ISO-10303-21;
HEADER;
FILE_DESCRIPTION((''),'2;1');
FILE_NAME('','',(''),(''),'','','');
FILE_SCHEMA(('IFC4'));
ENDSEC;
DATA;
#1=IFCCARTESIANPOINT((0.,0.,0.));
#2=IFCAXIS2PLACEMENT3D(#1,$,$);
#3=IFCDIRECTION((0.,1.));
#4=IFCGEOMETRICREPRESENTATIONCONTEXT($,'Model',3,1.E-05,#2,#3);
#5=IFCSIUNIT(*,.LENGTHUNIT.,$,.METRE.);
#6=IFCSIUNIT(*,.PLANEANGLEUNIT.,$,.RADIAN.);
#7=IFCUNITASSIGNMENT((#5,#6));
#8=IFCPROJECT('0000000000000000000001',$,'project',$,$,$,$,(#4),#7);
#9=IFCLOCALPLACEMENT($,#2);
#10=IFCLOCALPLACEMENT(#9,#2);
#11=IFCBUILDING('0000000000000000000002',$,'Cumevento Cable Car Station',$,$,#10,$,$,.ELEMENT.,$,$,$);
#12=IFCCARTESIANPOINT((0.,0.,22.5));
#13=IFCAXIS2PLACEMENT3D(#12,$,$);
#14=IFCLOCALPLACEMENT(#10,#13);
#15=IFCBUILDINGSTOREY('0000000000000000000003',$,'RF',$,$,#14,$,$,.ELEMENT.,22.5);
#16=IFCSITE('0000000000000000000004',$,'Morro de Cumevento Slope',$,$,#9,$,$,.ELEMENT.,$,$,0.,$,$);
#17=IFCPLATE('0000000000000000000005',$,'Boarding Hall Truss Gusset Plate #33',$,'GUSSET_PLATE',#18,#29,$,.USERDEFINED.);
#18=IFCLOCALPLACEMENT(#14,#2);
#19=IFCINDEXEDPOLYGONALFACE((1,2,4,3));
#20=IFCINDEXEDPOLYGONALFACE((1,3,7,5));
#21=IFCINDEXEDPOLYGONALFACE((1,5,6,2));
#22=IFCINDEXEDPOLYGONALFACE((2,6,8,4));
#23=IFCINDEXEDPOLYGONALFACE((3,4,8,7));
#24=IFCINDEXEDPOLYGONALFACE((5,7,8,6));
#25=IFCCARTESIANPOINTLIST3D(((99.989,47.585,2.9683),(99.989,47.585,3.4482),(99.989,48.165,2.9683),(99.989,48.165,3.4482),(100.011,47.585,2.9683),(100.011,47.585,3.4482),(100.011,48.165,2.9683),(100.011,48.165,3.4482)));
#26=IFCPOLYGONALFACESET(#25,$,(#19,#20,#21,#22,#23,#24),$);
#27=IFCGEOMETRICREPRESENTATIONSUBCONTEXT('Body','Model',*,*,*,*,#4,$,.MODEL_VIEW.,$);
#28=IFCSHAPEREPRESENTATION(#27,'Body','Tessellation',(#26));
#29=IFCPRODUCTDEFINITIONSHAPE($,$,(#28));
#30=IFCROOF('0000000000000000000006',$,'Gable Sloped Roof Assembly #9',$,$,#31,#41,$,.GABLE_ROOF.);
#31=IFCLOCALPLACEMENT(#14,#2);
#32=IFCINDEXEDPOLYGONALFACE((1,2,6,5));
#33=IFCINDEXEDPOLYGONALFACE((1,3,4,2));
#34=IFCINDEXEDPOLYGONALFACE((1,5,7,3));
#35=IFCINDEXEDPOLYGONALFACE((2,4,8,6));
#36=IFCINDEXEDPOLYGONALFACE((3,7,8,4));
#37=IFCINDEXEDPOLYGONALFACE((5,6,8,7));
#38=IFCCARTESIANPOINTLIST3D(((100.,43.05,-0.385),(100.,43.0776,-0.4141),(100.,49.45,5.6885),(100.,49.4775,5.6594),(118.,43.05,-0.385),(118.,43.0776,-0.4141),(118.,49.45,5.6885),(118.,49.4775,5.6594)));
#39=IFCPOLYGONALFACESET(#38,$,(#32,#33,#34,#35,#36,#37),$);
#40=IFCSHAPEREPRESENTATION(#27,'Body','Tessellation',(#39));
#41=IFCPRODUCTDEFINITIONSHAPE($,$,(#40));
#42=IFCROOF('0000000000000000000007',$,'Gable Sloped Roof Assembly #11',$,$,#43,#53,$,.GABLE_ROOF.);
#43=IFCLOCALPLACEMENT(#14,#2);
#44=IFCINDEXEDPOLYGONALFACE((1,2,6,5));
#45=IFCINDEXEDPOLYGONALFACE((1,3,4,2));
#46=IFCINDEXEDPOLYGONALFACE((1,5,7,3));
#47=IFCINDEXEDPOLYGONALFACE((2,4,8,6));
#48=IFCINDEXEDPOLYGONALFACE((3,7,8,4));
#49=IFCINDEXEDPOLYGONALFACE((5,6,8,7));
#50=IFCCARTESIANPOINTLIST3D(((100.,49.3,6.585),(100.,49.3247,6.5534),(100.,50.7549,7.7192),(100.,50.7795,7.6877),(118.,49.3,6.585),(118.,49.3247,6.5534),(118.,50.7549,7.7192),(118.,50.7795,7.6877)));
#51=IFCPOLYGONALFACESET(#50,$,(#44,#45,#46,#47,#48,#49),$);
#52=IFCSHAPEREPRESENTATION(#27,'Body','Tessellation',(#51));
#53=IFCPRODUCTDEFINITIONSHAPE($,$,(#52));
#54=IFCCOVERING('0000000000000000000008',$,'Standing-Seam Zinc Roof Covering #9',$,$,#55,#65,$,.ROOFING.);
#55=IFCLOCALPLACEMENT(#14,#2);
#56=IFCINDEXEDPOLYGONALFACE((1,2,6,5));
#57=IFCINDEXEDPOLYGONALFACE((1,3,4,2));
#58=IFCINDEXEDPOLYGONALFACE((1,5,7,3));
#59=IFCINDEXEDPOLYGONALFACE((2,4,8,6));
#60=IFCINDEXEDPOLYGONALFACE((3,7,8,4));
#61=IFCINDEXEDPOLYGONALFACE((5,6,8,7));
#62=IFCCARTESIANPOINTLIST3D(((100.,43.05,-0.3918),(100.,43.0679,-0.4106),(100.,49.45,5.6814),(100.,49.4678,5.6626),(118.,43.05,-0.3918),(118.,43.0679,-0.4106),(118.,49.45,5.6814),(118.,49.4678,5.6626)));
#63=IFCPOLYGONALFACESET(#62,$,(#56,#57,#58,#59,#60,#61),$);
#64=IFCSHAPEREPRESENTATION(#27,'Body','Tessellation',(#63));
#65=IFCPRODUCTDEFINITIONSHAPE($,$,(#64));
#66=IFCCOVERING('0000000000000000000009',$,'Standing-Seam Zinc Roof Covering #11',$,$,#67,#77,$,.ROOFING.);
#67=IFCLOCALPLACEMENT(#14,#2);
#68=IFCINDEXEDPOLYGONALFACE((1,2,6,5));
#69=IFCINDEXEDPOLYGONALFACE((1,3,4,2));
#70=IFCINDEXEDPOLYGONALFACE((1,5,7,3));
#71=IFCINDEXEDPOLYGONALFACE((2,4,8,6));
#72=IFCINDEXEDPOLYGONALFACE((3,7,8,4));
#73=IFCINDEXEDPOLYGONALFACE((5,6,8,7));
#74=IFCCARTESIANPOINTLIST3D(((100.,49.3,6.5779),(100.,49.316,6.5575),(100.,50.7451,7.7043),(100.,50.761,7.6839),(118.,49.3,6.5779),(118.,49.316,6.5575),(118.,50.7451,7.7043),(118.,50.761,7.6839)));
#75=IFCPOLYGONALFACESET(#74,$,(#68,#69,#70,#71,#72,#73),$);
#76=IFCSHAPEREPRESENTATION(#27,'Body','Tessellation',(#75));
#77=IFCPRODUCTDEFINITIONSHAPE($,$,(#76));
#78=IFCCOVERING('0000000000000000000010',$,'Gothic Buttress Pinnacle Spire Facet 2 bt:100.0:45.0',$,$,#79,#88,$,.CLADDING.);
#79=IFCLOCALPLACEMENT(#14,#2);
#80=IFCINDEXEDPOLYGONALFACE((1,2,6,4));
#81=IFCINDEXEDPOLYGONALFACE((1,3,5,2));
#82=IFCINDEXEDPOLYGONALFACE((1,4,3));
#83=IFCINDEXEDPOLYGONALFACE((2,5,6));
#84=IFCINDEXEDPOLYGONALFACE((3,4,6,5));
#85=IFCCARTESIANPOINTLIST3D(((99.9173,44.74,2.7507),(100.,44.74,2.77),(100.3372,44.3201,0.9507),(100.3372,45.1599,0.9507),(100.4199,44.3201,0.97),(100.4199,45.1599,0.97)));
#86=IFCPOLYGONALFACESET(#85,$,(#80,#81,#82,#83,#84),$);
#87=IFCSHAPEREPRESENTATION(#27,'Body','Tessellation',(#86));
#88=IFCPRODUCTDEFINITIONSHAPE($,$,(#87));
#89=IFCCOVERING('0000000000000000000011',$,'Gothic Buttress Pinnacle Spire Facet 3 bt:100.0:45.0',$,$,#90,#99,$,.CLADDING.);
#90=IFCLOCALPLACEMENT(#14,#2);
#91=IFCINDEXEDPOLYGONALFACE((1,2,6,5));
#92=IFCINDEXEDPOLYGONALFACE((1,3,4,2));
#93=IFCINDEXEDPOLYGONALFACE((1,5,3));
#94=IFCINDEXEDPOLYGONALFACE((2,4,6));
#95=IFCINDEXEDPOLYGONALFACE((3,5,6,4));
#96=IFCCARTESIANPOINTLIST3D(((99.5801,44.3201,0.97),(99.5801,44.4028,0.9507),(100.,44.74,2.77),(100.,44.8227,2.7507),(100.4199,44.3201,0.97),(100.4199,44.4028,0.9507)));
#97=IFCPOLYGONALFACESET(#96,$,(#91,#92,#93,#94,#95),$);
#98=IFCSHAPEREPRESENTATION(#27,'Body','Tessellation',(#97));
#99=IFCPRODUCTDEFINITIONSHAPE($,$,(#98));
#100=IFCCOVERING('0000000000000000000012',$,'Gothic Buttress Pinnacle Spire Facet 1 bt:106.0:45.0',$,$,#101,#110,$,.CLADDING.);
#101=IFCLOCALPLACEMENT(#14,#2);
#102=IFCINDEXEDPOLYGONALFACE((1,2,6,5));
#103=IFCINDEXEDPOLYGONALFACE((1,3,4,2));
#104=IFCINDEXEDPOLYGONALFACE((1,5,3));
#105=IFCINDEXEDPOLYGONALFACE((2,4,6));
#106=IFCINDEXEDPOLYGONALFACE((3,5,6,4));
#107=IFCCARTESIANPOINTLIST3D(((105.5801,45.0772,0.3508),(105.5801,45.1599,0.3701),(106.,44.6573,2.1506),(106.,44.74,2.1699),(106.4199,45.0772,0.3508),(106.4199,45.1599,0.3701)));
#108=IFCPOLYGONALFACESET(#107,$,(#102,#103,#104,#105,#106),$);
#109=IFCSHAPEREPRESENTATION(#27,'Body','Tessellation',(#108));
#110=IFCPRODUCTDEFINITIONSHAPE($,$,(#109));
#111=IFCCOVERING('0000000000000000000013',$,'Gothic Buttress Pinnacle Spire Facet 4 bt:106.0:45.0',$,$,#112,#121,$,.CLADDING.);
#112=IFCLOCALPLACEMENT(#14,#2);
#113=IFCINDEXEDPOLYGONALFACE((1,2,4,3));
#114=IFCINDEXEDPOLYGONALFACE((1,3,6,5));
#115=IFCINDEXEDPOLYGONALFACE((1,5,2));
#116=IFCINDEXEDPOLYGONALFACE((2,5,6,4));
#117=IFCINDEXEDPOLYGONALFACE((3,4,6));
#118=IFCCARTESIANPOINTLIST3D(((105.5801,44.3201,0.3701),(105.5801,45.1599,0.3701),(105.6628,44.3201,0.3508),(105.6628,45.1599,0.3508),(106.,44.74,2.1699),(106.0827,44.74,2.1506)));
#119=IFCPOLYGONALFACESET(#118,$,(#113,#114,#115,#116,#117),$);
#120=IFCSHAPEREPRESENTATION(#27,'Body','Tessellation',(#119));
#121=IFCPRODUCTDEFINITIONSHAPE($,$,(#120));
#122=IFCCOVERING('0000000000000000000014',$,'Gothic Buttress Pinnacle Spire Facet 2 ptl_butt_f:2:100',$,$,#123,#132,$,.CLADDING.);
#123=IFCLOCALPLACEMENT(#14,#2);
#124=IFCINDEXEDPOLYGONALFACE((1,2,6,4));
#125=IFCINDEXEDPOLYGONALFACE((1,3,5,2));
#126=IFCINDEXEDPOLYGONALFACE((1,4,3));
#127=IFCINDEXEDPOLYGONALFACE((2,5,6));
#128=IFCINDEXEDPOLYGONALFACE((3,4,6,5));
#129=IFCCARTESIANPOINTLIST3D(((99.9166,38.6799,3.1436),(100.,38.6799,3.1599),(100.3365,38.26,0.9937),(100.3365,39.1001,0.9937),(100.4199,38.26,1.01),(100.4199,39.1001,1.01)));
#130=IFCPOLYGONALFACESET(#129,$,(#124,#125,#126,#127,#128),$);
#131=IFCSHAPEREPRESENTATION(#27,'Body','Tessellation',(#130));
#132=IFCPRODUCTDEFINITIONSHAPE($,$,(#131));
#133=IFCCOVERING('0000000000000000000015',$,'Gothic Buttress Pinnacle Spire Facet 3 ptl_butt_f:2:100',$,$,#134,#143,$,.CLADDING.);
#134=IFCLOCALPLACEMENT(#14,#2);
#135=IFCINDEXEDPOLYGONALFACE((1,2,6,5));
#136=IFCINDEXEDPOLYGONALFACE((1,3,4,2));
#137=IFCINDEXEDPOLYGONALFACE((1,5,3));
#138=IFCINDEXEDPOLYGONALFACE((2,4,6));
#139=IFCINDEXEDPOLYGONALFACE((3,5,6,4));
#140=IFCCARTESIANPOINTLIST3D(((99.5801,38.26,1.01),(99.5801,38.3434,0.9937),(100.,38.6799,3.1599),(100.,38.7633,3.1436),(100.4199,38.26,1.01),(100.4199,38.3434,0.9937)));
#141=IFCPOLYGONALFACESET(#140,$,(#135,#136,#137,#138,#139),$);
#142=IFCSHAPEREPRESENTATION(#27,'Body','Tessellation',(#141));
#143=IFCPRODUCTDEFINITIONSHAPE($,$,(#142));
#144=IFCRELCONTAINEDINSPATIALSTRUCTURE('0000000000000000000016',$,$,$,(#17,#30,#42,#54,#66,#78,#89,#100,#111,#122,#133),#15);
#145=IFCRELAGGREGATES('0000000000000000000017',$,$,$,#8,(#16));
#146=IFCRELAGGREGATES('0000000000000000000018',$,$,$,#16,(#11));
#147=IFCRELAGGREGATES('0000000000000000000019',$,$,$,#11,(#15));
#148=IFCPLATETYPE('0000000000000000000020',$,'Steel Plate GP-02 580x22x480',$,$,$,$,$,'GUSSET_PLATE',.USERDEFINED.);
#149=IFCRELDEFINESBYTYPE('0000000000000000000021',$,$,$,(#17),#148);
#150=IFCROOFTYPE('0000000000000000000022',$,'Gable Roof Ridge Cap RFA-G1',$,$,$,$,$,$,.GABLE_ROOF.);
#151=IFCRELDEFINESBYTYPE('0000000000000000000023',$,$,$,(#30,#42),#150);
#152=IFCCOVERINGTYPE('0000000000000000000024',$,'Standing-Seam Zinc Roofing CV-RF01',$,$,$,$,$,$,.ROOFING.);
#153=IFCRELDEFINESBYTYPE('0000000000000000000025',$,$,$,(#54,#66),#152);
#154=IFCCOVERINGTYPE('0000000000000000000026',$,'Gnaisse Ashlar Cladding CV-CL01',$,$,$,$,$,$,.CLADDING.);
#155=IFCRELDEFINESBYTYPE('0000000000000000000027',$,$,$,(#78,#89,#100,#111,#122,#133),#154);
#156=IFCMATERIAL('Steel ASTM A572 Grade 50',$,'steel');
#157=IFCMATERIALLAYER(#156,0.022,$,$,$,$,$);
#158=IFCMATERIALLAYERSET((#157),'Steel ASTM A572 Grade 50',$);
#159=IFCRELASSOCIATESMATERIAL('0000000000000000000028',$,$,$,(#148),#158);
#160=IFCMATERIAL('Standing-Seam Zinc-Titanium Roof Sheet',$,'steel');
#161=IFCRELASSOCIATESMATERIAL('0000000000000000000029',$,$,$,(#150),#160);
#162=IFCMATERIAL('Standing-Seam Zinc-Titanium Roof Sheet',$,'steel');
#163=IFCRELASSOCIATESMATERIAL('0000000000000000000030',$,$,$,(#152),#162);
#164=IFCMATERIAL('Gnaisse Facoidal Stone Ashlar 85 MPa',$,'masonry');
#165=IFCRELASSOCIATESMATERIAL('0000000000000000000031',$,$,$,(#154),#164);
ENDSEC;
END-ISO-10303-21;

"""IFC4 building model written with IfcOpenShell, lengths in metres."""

from ifc_helpers import new_model, si_unit, direction, frame, origin, origin_2d, place, context, subcontext, project, spatial, polyline, rectangle, outline, extrude, material, layer, layer_set, type_object, element, save


model = new_model("IFC4")

# Units and contexts
model_context = context("Model", 3, precision=1e-05, world=origin(), true_north=direction((0.0, 1.0)))
body_context = subcontext(model_context, "Body", "Model", "MODEL_VIEW")
ifc_project = project(units=[si_unit("LENGTHUNIT", "METRE"), si_unit("PLANEANGLEUNIT", "RADIAN")], contexts=[model_context])

# Site, building, storey
site_placement = place(None, origin())
site = spatial("IfcSite", under=ifc_project, at=site_placement, Name="Morro de Cumevento Slope", CompositionType="ELEMENT", RefElevation=0.0)
building_placement = place(site_placement, origin())
building = spatial("IfcBuilding", under=site, at=building_placement, Name="Cumevento Cable Car Station", CompositionType="ELEMENT")
storey_placement = place(building_placement, frame((0.0, 0.0, 22.5)))
storey = spatial("IfcBuildingStorey", under=building, at=storey_placement, Name="RF", CompositionType="ELEMENT", Elevation=22.5)

# Plate
ifc_material_1 = material(Name="Steel ASTM A572 Grade 50", Category="steel")
ifc_layer_1 = layer(ifc_material_1, 0.022)
ifc_layer_set_1 = layer_set([ifc_layer_1], Name="Steel ASTM A572 Grade 50")
plate_type_1 = type_object("IfcPlateType", Name="Steel Plate GP-02 580x22x480", ElementType="GUSSET_PLATE", PredefinedType="USERDEFINED", material=ifc_layer_set_1)
plate_1_placement = place(storey_placement, frame((100.0, 47.875, 2.9683), z_axis=(0.0, 0.0, 1.0), x_axis=(0.0, 1.0, 0.0)))
element("IfcPlate", 1, at=plate_1_placement, inside=storey, type_object=plate_type_1, Name="Boarding Hall Truss Gusset Plate #33", ObjectType="GUSSET_PLATE", PredefinedType="USERDEFINED", context=body_context, shape_type="SweptSolid", body=[
    extrude(rectangle(XDim=0.5801, YDim=0.022, at=origin_2d()), origin(), (0.0, 0.0, 1.0), 0.48),
])

# Roofs
ifc_material_2 = material(Name="Standing-Seam Zinc-Titanium Roof Sheet", Category="steel")
roof_type = type_object("IfcRoofType", Name="Gable Roof Ridge Cap RFA-G1", PredefinedType="GABLE_ROOF", material=ifc_material_2)
roof_1_placement = place(storey_placement, frame((100.0, 43.05, -0.385), z_axis=(0.0, -0.688367, 0.725363), x_axis=(1.0, 0.0, 0.0)))
element("IfcRoof", 2, at=roof_1_placement, inside=storey, type_object=roof_type, Name="Gable Sloped Roof Assembly #9", PredefinedType="GABLE_ROOF", context=body_context, shape_type="SweptSolid", body=[
    extrude(outline(polyline([(0.0, 0.0), (18.0, 0.0), (18.0, 8.823), (0.0, 8.823), (0.0, 0.0)])), origin(), (0.0, 0.0, -1.0), 0.04),
])
roof_2_placement = place(storey_placement, frame((100.0, 49.3, 6.585), z_axis=(0.0, -0.614866, 0.788632), x_axis=(1.0, 0.0, 0.0)))
element("IfcRoof", 3, at=roof_2_placement, inside=storey, type_object=roof_type, Name="Gable Sloped Roof Assembly #11", PredefinedType="GABLE_ROOF", context=body_context, shape_type="SweptSolid", body=[
    extrude(outline(polyline([(0.0, 0.0), (18.0, 0.0), (18.0, 1.8448), (0.0, 1.8448), (0.0, 0.0)])), origin(), (0.0, 0.0, -1.0), 0.04),
])

# Coverings
ifc_material_3 = material(Name="Standing-Seam Zinc-Titanium Roof Sheet", Category="steel")
covering_type_1 = type_object("IfcCoveringType", Name="Standing-Seam Zinc Roofing CV-RF01", PredefinedType="ROOFING", material=ifc_material_3)
covering_1_placement = place(storey_placement, frame((100.0, 43.05, -0.3918), z_axis=(0.0, -0.688352, 0.725377), x_axis=(1.0, 0.0, 0.0)))
element("IfcCovering", 4, at=covering_1_placement, inside=storey, type_object=covering_type_1, Name="Standing-Seam Zinc Roof Covering #9", PredefinedType="ROOFING", context=body_context, shape_type="SweptSolid", body=[
    extrude(outline(polyline([(0.0, 0.0), (18.0, 0.0), (18.0, 8.8229), (0.0, 8.8229), (0.0, 0.0)])), origin(), (0.0, 0.0, -1.0), 0.0259),
])
covering_2_placement = place(storey_placement, frame((100.0, 49.3, 6.5779), z_axis=(0.0, -0.614798, 0.788684), x_axis=(1.0, 0.0, 0.0)))
element("IfcCovering", 5, at=covering_2_placement, inside=storey, type_object=covering_type_1, Name="Standing-Seam Zinc Roof Covering #11", PredefinedType="ROOFING", context=body_context, shape_type="SweptSolid", body=[
    extrude(outline(polyline([(0.0, 0.0), (18.0, 0.0), (18.0, 1.8323), (0.0, 1.8323), (0.0, 0.0)])), origin(), (0.0, 0.0, -1.0), 0.0259),
])
ifc_material_4 = material(Name="Gnaisse Facoidal Stone Ashlar 85 MPa", Category="masonry")
covering_type_2 = type_object("IfcCoveringType", Name="Gnaisse Ashlar Cladding CV-CL01", PredefinedType="CLADDING", material=ifc_material_4)
for number, where, z_axis, x_axis, name in (
    (6, (100.4199, 45.1599, 0.97), (0.973852, 0.0, 0.227184), (0.0, -1.0, 0.0), "Gothic Buttress Pinnacle Spire Facet 2 bt:100.0:45.0"),
    (7, (100.4199, 44.3201, 0.97), (0.0, -0.973852, 0.227184), (-1.0, 0.0, 0.0), "Gothic Buttress Pinnacle Spire Facet 3 bt:100.0:45.0"),
):
    element("IfcCovering", number, at=place(storey_placement, frame(where, z_axis=z_axis, x_axis=x_axis)), inside=storey, type_object=covering_type_2, Name=name, PredefinedType="CLADDING", context=body_context, shape_type="SweptSolid", body=[
        extrude(outline(polyline([(0.0, 0.0), (0.8398, 0.0), (0.4199, -1.8484), (0.0, 0.0)])), origin(), (0.0, 0.0, -1.0), 0.085),
    ])
for number, where, z_axis, x_axis, name in (
    (8, (105.5801, 45.1599, 0.3701), (0.0, 0.973845, 0.227213), (1.0, 0.0, 0.0), "Gothic Buttress Pinnacle Spire Facet 1 bt:106.0:45.0"),
    (9, (105.5801, 44.3201, 0.3701), (-0.973845, 0.0, 0.227213), (0.0, 1.0, 0.0), "Gothic Buttress Pinnacle Spire Facet 4 bt:106.0:45.0"),
):
    element("IfcCovering", number, at=place(storey_placement, frame(where, z_axis=z_axis, x_axis=x_axis)), inside=storey, type_object=covering_type_2, Name=name, PredefinedType="CLADDING", context=body_context, shape_type="SweptSolid", body=[
        extrude(outline(polyline([(0.0, 0.0), (0.8398, 0.0), (0.4199, -1.8481), (0.0, 0.0)])), origin(), (0.0, 0.0, -1.0), 0.085),
    ])
covering_3_placement = place(storey_placement, frame((100.4199, 39.1001, 1.01), z_axis=(0.981454, 0.0, 0.191699), x_axis=(0.0, -1.0, 0.0)))
element("IfcCovering", 10, at=covering_3_placement, inside=storey, type_object=covering_type_2, Name="Gothic Buttress Pinnacle Spire Facet 2 ptl_butt_f:2:100", PredefinedType="CLADDING", context=body_context, shape_type="SweptSolid", body=[
    extrude(outline(polyline([(0.0, 0.0), (0.8401, 0.0), (0.4202, -2.1905), (0.0, 0.0)])), origin(), (0.0, 0.0, -1.0), 0.085),
])
covering_4_placement = place(storey_placement, frame((100.4199, 38.26, 1.01), z_axis=(0.0, -0.981454, 0.191699), x_axis=(-1.0, 0.0, 0.0)))
element("IfcCovering", 11, at=covering_4_placement, inside=storey, type_object=covering_type_2, Name="Gothic Buttress Pinnacle Spire Facet 3 ptl_butt_f:2:100", PredefinedType="CLADDING", context=body_context, shape_type="SweptSolid", body=[
    extrude(outline(polyline([(0.0, 0.0), (0.8398, 0.0), (0.4199, -2.1905), (0.0, 0.0)])), origin(), (0.0, 0.0, -1.0), 0.085),
])

save(model, "model.ifc")
